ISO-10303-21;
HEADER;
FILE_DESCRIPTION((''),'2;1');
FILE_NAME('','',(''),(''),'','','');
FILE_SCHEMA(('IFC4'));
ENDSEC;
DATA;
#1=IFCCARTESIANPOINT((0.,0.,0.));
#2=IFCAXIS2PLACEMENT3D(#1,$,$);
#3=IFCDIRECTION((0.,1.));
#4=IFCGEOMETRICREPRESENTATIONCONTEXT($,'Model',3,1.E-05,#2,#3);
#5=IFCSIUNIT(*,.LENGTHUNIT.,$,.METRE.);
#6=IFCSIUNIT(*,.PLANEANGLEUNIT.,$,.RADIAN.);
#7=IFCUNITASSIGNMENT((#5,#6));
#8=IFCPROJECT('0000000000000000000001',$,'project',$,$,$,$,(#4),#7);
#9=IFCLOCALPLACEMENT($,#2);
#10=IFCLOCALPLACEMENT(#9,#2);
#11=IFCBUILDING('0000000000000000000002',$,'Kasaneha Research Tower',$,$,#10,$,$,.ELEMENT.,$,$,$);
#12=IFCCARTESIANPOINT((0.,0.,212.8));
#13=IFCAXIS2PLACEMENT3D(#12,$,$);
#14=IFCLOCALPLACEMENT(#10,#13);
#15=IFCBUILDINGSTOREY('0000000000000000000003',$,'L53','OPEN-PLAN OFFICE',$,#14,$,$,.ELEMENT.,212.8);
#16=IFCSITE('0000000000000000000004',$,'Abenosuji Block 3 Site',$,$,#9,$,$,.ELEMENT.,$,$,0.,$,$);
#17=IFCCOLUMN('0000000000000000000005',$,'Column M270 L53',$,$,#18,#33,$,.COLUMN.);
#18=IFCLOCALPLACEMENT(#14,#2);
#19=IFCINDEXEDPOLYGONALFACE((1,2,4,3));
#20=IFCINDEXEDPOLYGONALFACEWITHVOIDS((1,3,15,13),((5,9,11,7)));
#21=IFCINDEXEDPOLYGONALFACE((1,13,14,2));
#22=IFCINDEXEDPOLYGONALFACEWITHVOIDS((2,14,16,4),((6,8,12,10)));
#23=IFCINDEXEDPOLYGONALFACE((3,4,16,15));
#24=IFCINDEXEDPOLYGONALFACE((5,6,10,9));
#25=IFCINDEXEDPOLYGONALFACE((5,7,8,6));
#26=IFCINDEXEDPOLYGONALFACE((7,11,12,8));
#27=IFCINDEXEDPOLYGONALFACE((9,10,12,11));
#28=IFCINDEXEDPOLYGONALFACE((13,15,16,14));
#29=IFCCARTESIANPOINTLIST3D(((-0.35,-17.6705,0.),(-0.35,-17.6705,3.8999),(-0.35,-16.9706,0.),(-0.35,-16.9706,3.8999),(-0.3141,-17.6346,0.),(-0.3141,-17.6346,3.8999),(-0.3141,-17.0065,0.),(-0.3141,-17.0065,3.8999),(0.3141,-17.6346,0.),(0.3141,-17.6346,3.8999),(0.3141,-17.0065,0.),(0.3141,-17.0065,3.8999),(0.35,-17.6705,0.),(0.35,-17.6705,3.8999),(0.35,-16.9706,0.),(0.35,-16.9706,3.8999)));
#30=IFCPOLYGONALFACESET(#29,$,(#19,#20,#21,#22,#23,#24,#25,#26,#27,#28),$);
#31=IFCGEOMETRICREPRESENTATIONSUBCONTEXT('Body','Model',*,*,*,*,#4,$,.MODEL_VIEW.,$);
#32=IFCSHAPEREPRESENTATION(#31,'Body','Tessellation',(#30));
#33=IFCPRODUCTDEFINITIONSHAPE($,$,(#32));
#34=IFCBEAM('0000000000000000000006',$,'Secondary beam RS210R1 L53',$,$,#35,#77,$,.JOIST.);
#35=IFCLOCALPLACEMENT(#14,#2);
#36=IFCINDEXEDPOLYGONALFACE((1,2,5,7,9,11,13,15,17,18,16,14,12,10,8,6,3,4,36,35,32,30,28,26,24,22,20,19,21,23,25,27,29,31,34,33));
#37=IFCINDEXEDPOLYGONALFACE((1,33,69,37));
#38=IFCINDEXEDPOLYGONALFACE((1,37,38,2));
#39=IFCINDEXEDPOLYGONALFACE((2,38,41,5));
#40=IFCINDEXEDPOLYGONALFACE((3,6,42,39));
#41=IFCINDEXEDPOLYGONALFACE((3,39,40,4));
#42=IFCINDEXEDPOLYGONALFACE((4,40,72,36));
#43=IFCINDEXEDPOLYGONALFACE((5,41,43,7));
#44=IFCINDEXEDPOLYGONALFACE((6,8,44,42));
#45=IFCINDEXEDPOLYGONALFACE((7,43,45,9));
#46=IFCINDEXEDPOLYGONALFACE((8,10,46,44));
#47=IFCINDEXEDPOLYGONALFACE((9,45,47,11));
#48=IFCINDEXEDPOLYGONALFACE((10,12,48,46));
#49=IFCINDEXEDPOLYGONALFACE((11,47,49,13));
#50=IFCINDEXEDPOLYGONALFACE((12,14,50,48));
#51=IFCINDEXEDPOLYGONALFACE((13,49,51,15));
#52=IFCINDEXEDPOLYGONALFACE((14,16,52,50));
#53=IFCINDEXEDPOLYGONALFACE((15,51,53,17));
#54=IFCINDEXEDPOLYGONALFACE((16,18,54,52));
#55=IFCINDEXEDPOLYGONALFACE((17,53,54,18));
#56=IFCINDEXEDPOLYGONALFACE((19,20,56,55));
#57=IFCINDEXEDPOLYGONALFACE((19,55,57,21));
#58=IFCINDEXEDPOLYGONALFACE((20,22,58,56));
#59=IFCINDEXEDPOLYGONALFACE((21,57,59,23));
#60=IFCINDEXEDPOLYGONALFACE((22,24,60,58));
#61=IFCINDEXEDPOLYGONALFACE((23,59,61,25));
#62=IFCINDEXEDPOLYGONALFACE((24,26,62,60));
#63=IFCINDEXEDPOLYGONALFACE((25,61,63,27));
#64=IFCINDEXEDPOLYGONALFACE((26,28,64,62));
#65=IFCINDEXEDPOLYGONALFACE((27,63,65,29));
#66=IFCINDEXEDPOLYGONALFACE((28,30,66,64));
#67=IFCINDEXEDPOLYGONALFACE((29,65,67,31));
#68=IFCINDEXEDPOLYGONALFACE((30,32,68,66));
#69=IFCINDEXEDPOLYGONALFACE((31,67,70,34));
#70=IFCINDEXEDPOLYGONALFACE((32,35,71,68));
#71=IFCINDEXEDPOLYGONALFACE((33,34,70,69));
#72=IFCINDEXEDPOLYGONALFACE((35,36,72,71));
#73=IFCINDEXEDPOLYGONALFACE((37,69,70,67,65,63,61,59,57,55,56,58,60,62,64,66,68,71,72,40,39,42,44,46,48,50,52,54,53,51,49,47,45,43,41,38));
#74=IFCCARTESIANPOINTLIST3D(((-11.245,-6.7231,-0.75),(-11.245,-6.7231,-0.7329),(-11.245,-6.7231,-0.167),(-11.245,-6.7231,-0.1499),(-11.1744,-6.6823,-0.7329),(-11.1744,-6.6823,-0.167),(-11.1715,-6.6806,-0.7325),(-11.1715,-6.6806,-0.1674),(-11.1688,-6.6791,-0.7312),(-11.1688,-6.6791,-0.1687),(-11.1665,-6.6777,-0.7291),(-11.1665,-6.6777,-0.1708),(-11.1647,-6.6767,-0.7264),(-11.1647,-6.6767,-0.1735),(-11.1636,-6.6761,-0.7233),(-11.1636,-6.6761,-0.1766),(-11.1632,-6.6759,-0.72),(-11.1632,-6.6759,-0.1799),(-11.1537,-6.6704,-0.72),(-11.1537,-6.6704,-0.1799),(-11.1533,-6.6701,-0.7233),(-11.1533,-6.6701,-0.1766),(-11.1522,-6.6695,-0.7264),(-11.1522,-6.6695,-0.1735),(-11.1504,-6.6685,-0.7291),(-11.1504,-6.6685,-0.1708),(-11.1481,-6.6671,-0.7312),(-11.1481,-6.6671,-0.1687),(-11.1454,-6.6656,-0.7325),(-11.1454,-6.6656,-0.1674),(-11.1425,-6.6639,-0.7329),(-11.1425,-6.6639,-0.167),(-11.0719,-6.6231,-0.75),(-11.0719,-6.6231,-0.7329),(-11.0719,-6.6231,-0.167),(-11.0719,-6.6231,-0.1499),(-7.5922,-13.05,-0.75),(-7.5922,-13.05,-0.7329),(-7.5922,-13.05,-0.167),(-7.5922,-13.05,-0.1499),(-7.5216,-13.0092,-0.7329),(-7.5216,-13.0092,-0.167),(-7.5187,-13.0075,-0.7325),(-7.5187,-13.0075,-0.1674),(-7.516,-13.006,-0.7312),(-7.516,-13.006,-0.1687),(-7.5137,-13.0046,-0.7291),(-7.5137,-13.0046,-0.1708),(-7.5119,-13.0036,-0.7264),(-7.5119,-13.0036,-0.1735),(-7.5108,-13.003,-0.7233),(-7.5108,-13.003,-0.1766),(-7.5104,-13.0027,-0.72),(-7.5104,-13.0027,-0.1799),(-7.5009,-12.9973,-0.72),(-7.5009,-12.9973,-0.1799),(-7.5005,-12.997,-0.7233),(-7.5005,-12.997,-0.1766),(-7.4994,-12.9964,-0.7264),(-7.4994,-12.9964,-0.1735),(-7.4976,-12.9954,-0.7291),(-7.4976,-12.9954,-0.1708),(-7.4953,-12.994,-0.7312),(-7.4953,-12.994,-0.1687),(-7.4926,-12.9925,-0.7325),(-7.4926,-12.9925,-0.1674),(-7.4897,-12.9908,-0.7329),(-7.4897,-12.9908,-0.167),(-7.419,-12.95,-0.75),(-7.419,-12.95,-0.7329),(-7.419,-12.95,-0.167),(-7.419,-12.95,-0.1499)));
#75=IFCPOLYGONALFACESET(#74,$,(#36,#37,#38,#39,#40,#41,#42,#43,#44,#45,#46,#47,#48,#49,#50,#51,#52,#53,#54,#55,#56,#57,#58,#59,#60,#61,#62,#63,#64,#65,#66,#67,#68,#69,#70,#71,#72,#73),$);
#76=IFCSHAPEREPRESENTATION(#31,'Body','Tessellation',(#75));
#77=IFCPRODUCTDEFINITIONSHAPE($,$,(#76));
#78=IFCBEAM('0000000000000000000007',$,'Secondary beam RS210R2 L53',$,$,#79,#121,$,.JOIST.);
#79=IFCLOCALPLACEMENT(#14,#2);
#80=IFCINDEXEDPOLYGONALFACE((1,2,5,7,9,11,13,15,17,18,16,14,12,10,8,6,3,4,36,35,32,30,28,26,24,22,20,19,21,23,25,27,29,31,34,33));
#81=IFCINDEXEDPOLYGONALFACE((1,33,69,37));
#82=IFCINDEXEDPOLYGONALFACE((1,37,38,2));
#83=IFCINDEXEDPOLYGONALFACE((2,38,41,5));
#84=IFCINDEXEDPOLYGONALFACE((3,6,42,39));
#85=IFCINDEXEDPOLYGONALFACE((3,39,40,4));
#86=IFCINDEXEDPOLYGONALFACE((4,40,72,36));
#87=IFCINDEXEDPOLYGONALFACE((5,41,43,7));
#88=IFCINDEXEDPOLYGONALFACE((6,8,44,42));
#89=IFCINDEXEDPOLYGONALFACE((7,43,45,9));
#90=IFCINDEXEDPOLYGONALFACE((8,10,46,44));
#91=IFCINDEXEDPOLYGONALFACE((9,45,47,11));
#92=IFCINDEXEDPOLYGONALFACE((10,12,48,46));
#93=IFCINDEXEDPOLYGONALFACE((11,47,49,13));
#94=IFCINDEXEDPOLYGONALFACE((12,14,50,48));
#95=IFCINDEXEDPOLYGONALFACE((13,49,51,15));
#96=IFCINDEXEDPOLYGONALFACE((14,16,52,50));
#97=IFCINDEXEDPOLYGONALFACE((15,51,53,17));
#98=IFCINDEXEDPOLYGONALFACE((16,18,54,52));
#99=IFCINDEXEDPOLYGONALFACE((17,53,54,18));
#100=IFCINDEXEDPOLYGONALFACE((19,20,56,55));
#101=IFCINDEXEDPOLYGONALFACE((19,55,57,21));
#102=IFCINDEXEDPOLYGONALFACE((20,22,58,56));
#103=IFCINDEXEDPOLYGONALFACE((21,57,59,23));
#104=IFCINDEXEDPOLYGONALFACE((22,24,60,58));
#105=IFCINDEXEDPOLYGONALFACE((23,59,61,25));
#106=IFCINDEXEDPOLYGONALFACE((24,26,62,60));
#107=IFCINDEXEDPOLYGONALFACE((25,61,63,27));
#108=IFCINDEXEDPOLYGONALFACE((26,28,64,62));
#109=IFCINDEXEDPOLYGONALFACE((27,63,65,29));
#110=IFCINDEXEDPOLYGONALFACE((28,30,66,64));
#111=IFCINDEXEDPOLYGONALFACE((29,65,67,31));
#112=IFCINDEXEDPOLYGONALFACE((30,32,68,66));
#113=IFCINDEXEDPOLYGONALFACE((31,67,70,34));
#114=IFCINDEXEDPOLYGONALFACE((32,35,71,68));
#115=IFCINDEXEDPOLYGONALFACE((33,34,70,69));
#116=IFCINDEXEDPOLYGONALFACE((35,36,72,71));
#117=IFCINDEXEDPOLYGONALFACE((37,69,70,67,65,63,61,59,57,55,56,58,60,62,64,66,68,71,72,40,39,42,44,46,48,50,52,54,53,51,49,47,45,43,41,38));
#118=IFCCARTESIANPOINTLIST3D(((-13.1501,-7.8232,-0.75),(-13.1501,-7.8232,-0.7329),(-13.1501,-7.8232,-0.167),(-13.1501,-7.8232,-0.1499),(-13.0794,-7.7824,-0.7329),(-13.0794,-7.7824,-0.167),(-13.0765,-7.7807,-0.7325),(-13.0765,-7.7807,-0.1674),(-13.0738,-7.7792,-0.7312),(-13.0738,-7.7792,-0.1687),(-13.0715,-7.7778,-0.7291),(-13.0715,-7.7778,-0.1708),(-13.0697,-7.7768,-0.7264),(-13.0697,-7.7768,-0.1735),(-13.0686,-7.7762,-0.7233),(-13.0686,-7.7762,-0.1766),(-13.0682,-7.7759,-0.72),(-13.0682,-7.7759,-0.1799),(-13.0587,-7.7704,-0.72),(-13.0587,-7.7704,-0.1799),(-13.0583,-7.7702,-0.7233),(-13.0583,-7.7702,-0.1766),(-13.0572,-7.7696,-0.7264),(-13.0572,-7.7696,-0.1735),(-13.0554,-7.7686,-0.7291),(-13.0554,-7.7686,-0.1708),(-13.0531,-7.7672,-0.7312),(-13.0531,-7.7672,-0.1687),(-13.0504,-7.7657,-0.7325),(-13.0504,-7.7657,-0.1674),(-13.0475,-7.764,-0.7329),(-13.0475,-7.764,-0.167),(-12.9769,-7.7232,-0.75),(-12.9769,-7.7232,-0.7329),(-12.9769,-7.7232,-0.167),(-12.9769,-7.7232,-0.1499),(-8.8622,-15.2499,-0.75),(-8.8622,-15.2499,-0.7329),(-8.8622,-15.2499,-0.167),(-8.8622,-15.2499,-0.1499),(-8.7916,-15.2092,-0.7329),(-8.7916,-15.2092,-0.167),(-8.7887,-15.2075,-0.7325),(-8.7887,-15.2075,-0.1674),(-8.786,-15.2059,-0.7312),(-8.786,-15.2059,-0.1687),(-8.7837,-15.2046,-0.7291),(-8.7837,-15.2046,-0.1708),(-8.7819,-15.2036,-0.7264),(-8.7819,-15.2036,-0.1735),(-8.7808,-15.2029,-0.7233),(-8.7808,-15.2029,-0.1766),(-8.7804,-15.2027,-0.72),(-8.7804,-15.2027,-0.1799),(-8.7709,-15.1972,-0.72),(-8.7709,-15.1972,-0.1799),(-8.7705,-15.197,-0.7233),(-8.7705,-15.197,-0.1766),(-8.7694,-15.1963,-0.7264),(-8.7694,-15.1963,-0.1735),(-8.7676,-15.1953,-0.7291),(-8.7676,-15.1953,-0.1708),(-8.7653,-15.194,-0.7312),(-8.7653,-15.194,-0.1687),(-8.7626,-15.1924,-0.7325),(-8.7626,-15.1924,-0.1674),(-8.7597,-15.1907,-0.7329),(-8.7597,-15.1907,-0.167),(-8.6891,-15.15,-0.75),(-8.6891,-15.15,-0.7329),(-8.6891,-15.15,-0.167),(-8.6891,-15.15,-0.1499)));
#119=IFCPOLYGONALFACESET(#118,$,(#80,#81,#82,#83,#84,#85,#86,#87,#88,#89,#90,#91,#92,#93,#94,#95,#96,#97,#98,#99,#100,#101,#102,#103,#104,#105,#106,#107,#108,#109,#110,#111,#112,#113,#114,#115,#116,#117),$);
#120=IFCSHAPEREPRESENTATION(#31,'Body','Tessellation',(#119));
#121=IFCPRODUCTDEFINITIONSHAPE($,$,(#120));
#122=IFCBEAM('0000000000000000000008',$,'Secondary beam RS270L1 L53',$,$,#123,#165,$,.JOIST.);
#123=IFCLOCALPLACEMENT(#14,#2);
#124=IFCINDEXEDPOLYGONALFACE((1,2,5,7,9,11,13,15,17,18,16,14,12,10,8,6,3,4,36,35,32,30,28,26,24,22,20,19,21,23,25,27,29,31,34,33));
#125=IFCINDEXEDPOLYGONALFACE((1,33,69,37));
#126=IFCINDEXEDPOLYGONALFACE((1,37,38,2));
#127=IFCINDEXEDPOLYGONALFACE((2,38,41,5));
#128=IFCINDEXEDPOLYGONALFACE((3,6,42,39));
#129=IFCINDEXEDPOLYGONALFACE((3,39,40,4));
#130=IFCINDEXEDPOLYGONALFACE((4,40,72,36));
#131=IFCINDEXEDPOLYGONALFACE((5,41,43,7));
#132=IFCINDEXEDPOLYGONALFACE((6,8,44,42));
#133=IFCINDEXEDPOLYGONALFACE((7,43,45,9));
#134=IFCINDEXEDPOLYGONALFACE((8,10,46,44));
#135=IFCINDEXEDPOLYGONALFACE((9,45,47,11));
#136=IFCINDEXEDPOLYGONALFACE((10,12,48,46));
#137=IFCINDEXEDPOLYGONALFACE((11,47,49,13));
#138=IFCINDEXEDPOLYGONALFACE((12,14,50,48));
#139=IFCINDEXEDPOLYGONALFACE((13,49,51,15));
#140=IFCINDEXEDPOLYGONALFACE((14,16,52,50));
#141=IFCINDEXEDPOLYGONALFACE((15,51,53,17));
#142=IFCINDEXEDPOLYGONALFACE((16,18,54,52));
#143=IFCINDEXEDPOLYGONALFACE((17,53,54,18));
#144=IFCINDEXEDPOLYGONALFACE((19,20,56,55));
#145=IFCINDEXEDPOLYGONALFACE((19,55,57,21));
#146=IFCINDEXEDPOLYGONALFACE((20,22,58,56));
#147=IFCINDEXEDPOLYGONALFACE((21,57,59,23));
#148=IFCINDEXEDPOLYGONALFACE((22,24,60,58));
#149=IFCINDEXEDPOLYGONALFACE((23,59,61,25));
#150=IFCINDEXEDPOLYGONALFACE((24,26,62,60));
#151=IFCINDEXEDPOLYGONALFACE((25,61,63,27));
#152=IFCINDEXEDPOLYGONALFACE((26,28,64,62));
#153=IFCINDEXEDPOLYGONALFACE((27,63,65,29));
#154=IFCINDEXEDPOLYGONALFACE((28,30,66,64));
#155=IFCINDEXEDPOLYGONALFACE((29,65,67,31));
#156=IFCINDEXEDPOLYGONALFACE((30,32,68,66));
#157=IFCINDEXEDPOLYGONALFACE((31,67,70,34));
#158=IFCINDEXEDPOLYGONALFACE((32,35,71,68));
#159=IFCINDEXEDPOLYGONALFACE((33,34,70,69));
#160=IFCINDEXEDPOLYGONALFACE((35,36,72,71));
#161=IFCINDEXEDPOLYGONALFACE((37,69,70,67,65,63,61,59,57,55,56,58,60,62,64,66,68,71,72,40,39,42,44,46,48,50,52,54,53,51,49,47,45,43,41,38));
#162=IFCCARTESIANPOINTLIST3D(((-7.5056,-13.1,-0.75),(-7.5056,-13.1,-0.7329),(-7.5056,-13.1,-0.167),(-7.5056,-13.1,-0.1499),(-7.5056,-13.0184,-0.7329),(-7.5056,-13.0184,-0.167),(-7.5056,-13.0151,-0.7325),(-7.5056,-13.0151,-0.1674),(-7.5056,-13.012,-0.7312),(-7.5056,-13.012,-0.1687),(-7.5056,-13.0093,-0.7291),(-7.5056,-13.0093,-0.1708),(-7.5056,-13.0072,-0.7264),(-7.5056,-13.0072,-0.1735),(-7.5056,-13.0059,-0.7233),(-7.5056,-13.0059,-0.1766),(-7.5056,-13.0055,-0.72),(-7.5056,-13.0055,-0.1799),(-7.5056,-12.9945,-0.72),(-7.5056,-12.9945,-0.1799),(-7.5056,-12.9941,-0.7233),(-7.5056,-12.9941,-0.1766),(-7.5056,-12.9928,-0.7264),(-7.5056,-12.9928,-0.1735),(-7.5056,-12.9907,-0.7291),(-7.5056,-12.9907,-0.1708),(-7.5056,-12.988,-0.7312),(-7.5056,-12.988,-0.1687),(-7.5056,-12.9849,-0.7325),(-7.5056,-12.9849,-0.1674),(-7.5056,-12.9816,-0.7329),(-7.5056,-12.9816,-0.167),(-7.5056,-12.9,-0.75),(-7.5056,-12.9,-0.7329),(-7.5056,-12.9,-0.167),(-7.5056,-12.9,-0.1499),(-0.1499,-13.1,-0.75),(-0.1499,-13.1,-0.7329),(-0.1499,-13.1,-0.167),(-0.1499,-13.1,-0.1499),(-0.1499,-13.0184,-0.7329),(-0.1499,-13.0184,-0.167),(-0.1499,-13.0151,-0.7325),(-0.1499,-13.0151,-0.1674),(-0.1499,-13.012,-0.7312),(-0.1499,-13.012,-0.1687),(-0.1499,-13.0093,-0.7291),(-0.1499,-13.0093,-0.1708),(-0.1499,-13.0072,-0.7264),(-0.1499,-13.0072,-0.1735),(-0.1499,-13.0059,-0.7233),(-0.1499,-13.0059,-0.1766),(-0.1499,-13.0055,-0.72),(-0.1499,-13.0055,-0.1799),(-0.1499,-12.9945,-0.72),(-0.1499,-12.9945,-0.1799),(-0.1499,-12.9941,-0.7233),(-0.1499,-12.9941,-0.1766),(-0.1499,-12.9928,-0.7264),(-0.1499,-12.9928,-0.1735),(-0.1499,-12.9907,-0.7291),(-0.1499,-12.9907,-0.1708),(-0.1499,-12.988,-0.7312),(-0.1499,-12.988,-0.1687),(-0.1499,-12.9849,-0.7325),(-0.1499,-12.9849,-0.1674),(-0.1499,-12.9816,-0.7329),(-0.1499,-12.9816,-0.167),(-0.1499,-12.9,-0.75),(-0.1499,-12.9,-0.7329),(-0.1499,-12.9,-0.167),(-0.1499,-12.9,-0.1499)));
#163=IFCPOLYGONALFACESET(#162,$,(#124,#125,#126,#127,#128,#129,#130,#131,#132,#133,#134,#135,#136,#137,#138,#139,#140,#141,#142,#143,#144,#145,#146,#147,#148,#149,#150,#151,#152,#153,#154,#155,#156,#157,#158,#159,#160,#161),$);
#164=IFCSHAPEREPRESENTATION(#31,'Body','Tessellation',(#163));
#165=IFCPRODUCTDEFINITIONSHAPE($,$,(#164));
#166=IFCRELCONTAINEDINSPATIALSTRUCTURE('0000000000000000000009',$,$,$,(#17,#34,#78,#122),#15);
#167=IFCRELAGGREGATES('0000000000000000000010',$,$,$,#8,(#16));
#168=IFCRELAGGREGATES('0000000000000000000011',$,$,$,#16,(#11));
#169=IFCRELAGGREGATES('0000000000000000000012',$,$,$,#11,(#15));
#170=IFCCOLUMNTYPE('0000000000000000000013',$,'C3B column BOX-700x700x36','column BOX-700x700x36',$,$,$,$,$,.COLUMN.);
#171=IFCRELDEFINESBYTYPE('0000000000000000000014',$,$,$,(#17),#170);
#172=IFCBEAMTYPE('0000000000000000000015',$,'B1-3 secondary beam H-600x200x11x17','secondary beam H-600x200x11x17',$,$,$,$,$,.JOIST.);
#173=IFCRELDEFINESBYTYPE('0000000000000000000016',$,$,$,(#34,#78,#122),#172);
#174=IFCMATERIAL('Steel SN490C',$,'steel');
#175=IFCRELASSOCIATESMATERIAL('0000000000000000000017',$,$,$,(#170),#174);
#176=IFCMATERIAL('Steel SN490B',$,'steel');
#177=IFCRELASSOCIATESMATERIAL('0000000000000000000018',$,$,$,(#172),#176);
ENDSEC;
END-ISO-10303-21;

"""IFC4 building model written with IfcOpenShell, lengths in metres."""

from ifc_helpers import new_model, si_unit, direction, frame, origin, origin_2d, place, context, subcontext, project, spatial, hollow_rectangle, i_section, extrude, material, material_profile, profile_set, type_object, element, save


model = new_model("IFC4")

# Units and contexts
model_context = context("Model", 3, precision=1e-05, world=origin(), true_north=direction((0.0, 1.0)))
body_context = subcontext(model_context, "Body", "Model", "MODEL_VIEW")
ifc_project = project(units=[si_unit("LENGTHUNIT", "METRE"), si_unit("PLANEANGLEUNIT", "RADIAN")], contexts=[model_context])

# Site, building, storey
site_placement = place(None, origin())
site = spatial("IfcSite", under=ifc_project, at=site_placement, Name="Abenosuji Block 3 Site", CompositionType="ELEMENT", RefElevation=0.0)
building_placement = place(site_placement, origin())
building = spatial("IfcBuilding", under=site, at=building_placement, Name="Kasaneha Research Tower", CompositionType="ELEMENT")
storey_placement = place(building_placement, frame((0.0, 0.0, 212.8)))
storey = spatial("IfcBuildingStorey", under=building, at=storey_placement, Name="L53", Description="OPEN-PLAN OFFICE", CompositionType="ELEMENT", Elevation=212.8)

# Column
ifc_material_1 = material(Name="Steel SN490C", Category="steel")
ifc_material_profile_1 = material_profile(ifc_material_1, hollow_rectangle(XDim=0.7, YDim=0.7, WallThickness=0.0359, at=origin_2d()), Name="BOX-700x700x36")
ifc_profile_set_1 = profile_set([ifc_material_profile_1], Name="Steel SN490C")
column_type = type_object("IfcColumnType", Name="C3B column BOX-700x700x36", Description="column BOX-700x700x36", PredefinedType="COLUMN", material=ifc_profile_set_1)
column_placement = place(storey_placement, frame((0.0, -17.3206, 0.0), z_axis=(0.0, 0.0, 1.0), x_axis=(1.0, 0.0, 0.0)))
element("IfcColumn", 1, at=column_placement, inside=storey, type_object=column_type, Name="Column M270 L53", PredefinedType="COLUMN", context=body_context, shape_type="SweptSolid", body=[
    extrude(hollow_rectangle(XDim=0.7, YDim=0.7, WallThickness=0.0359, at=origin_2d()), origin(), (0.0, 0.0, 1.0), 3.8999),
])

# Beams
ifc_material_2 = material(Name="Steel SN490B", Category="steel")
ifc_material_profile_2 = material_profile(ifc_material_2, i_section(OverallWidth=0.2, OverallDepth=0.6001, WebThickness=0.011, FlangeThickness=0.0171, FilletRadius=0.0129, at=origin_2d()), Name="H-600x200x11x17")
ifc_profile_set_2 = profile_set([ifc_material_profile_2], Name="Steel SN490B")
beam_type_1 = type_object("IfcBeamType", Name="B1-3 secondary beam H-600x200x11x17", Description="secondary beam H-600x200x11x17", PredefinedType="JOIST", material=ifc_profile_set_2)
beam_1_placement = place(storey_placement, frame((-7.5056, -13.0, -0.45), z_axis=(-0.499999, 0.866026, 0.0), x_axis=(-0.866026, -0.499999, 0.0)))
element("IfcBeam", 2, at=beam_1_placement, inside=storey, type_object=beam_type_1, Name="Secondary beam RS210R1 L53", PredefinedType="JOIST", context=body_context, shape_type="SweptSolid", body=[
    extrude(i_section(OverallWidth=0.2, OverallDepth=0.6001, WebThickness=0.011, FlangeThickness=0.0171, FilletRadius=0.0129, at=origin_2d()), origin(), (0.0, 0.0, 1.0), 7.3057),
])
beam_2_placement = place(storey_placement, frame((-8.7756, -15.2, -0.45), z_axis=(-0.5, 0.866025, 0.0), x_axis=(-0.866025, -0.5, 0.0)))
element("IfcBeam", 3, at=beam_2_placement, inside=storey, type_object=beam_type_1, Name="Secondary beam RS210R2 L53", PredefinedType="JOIST", context=body_context, shape_type="SweptSolid", body=[
    extrude(i_section(OverallWidth=0.2, OverallDepth=0.6001, WebThickness=0.011, FlangeThickness=0.0171, FilletRadius=0.0129, at=origin_2d()), origin(), (0.0, 0.0, 1.0), 8.5757),
])
beam_3_placement = place(storey_placement, frame((-7.5056, -13.0, -0.45), z_axis=(1.0, 0.0, 0.0), x_axis=(0.0, 1.0, 0.0)))
element("IfcBeam", 4, at=beam_3_placement, inside=storey, type_object=beam_type_1, Name="Secondary beam RS270L1 L53", PredefinedType="JOIST", context=body_context, shape_type="SweptSolid", body=[
    extrude(i_section(OverallWidth=0.2, OverallDepth=0.6001, WebThickness=0.011, FlangeThickness=0.0171, FilletRadius=0.0129, at=origin_2d()), origin(), (0.0, 0.0, 1.0), 7.3557),
])

save(model, "model.ifc")
